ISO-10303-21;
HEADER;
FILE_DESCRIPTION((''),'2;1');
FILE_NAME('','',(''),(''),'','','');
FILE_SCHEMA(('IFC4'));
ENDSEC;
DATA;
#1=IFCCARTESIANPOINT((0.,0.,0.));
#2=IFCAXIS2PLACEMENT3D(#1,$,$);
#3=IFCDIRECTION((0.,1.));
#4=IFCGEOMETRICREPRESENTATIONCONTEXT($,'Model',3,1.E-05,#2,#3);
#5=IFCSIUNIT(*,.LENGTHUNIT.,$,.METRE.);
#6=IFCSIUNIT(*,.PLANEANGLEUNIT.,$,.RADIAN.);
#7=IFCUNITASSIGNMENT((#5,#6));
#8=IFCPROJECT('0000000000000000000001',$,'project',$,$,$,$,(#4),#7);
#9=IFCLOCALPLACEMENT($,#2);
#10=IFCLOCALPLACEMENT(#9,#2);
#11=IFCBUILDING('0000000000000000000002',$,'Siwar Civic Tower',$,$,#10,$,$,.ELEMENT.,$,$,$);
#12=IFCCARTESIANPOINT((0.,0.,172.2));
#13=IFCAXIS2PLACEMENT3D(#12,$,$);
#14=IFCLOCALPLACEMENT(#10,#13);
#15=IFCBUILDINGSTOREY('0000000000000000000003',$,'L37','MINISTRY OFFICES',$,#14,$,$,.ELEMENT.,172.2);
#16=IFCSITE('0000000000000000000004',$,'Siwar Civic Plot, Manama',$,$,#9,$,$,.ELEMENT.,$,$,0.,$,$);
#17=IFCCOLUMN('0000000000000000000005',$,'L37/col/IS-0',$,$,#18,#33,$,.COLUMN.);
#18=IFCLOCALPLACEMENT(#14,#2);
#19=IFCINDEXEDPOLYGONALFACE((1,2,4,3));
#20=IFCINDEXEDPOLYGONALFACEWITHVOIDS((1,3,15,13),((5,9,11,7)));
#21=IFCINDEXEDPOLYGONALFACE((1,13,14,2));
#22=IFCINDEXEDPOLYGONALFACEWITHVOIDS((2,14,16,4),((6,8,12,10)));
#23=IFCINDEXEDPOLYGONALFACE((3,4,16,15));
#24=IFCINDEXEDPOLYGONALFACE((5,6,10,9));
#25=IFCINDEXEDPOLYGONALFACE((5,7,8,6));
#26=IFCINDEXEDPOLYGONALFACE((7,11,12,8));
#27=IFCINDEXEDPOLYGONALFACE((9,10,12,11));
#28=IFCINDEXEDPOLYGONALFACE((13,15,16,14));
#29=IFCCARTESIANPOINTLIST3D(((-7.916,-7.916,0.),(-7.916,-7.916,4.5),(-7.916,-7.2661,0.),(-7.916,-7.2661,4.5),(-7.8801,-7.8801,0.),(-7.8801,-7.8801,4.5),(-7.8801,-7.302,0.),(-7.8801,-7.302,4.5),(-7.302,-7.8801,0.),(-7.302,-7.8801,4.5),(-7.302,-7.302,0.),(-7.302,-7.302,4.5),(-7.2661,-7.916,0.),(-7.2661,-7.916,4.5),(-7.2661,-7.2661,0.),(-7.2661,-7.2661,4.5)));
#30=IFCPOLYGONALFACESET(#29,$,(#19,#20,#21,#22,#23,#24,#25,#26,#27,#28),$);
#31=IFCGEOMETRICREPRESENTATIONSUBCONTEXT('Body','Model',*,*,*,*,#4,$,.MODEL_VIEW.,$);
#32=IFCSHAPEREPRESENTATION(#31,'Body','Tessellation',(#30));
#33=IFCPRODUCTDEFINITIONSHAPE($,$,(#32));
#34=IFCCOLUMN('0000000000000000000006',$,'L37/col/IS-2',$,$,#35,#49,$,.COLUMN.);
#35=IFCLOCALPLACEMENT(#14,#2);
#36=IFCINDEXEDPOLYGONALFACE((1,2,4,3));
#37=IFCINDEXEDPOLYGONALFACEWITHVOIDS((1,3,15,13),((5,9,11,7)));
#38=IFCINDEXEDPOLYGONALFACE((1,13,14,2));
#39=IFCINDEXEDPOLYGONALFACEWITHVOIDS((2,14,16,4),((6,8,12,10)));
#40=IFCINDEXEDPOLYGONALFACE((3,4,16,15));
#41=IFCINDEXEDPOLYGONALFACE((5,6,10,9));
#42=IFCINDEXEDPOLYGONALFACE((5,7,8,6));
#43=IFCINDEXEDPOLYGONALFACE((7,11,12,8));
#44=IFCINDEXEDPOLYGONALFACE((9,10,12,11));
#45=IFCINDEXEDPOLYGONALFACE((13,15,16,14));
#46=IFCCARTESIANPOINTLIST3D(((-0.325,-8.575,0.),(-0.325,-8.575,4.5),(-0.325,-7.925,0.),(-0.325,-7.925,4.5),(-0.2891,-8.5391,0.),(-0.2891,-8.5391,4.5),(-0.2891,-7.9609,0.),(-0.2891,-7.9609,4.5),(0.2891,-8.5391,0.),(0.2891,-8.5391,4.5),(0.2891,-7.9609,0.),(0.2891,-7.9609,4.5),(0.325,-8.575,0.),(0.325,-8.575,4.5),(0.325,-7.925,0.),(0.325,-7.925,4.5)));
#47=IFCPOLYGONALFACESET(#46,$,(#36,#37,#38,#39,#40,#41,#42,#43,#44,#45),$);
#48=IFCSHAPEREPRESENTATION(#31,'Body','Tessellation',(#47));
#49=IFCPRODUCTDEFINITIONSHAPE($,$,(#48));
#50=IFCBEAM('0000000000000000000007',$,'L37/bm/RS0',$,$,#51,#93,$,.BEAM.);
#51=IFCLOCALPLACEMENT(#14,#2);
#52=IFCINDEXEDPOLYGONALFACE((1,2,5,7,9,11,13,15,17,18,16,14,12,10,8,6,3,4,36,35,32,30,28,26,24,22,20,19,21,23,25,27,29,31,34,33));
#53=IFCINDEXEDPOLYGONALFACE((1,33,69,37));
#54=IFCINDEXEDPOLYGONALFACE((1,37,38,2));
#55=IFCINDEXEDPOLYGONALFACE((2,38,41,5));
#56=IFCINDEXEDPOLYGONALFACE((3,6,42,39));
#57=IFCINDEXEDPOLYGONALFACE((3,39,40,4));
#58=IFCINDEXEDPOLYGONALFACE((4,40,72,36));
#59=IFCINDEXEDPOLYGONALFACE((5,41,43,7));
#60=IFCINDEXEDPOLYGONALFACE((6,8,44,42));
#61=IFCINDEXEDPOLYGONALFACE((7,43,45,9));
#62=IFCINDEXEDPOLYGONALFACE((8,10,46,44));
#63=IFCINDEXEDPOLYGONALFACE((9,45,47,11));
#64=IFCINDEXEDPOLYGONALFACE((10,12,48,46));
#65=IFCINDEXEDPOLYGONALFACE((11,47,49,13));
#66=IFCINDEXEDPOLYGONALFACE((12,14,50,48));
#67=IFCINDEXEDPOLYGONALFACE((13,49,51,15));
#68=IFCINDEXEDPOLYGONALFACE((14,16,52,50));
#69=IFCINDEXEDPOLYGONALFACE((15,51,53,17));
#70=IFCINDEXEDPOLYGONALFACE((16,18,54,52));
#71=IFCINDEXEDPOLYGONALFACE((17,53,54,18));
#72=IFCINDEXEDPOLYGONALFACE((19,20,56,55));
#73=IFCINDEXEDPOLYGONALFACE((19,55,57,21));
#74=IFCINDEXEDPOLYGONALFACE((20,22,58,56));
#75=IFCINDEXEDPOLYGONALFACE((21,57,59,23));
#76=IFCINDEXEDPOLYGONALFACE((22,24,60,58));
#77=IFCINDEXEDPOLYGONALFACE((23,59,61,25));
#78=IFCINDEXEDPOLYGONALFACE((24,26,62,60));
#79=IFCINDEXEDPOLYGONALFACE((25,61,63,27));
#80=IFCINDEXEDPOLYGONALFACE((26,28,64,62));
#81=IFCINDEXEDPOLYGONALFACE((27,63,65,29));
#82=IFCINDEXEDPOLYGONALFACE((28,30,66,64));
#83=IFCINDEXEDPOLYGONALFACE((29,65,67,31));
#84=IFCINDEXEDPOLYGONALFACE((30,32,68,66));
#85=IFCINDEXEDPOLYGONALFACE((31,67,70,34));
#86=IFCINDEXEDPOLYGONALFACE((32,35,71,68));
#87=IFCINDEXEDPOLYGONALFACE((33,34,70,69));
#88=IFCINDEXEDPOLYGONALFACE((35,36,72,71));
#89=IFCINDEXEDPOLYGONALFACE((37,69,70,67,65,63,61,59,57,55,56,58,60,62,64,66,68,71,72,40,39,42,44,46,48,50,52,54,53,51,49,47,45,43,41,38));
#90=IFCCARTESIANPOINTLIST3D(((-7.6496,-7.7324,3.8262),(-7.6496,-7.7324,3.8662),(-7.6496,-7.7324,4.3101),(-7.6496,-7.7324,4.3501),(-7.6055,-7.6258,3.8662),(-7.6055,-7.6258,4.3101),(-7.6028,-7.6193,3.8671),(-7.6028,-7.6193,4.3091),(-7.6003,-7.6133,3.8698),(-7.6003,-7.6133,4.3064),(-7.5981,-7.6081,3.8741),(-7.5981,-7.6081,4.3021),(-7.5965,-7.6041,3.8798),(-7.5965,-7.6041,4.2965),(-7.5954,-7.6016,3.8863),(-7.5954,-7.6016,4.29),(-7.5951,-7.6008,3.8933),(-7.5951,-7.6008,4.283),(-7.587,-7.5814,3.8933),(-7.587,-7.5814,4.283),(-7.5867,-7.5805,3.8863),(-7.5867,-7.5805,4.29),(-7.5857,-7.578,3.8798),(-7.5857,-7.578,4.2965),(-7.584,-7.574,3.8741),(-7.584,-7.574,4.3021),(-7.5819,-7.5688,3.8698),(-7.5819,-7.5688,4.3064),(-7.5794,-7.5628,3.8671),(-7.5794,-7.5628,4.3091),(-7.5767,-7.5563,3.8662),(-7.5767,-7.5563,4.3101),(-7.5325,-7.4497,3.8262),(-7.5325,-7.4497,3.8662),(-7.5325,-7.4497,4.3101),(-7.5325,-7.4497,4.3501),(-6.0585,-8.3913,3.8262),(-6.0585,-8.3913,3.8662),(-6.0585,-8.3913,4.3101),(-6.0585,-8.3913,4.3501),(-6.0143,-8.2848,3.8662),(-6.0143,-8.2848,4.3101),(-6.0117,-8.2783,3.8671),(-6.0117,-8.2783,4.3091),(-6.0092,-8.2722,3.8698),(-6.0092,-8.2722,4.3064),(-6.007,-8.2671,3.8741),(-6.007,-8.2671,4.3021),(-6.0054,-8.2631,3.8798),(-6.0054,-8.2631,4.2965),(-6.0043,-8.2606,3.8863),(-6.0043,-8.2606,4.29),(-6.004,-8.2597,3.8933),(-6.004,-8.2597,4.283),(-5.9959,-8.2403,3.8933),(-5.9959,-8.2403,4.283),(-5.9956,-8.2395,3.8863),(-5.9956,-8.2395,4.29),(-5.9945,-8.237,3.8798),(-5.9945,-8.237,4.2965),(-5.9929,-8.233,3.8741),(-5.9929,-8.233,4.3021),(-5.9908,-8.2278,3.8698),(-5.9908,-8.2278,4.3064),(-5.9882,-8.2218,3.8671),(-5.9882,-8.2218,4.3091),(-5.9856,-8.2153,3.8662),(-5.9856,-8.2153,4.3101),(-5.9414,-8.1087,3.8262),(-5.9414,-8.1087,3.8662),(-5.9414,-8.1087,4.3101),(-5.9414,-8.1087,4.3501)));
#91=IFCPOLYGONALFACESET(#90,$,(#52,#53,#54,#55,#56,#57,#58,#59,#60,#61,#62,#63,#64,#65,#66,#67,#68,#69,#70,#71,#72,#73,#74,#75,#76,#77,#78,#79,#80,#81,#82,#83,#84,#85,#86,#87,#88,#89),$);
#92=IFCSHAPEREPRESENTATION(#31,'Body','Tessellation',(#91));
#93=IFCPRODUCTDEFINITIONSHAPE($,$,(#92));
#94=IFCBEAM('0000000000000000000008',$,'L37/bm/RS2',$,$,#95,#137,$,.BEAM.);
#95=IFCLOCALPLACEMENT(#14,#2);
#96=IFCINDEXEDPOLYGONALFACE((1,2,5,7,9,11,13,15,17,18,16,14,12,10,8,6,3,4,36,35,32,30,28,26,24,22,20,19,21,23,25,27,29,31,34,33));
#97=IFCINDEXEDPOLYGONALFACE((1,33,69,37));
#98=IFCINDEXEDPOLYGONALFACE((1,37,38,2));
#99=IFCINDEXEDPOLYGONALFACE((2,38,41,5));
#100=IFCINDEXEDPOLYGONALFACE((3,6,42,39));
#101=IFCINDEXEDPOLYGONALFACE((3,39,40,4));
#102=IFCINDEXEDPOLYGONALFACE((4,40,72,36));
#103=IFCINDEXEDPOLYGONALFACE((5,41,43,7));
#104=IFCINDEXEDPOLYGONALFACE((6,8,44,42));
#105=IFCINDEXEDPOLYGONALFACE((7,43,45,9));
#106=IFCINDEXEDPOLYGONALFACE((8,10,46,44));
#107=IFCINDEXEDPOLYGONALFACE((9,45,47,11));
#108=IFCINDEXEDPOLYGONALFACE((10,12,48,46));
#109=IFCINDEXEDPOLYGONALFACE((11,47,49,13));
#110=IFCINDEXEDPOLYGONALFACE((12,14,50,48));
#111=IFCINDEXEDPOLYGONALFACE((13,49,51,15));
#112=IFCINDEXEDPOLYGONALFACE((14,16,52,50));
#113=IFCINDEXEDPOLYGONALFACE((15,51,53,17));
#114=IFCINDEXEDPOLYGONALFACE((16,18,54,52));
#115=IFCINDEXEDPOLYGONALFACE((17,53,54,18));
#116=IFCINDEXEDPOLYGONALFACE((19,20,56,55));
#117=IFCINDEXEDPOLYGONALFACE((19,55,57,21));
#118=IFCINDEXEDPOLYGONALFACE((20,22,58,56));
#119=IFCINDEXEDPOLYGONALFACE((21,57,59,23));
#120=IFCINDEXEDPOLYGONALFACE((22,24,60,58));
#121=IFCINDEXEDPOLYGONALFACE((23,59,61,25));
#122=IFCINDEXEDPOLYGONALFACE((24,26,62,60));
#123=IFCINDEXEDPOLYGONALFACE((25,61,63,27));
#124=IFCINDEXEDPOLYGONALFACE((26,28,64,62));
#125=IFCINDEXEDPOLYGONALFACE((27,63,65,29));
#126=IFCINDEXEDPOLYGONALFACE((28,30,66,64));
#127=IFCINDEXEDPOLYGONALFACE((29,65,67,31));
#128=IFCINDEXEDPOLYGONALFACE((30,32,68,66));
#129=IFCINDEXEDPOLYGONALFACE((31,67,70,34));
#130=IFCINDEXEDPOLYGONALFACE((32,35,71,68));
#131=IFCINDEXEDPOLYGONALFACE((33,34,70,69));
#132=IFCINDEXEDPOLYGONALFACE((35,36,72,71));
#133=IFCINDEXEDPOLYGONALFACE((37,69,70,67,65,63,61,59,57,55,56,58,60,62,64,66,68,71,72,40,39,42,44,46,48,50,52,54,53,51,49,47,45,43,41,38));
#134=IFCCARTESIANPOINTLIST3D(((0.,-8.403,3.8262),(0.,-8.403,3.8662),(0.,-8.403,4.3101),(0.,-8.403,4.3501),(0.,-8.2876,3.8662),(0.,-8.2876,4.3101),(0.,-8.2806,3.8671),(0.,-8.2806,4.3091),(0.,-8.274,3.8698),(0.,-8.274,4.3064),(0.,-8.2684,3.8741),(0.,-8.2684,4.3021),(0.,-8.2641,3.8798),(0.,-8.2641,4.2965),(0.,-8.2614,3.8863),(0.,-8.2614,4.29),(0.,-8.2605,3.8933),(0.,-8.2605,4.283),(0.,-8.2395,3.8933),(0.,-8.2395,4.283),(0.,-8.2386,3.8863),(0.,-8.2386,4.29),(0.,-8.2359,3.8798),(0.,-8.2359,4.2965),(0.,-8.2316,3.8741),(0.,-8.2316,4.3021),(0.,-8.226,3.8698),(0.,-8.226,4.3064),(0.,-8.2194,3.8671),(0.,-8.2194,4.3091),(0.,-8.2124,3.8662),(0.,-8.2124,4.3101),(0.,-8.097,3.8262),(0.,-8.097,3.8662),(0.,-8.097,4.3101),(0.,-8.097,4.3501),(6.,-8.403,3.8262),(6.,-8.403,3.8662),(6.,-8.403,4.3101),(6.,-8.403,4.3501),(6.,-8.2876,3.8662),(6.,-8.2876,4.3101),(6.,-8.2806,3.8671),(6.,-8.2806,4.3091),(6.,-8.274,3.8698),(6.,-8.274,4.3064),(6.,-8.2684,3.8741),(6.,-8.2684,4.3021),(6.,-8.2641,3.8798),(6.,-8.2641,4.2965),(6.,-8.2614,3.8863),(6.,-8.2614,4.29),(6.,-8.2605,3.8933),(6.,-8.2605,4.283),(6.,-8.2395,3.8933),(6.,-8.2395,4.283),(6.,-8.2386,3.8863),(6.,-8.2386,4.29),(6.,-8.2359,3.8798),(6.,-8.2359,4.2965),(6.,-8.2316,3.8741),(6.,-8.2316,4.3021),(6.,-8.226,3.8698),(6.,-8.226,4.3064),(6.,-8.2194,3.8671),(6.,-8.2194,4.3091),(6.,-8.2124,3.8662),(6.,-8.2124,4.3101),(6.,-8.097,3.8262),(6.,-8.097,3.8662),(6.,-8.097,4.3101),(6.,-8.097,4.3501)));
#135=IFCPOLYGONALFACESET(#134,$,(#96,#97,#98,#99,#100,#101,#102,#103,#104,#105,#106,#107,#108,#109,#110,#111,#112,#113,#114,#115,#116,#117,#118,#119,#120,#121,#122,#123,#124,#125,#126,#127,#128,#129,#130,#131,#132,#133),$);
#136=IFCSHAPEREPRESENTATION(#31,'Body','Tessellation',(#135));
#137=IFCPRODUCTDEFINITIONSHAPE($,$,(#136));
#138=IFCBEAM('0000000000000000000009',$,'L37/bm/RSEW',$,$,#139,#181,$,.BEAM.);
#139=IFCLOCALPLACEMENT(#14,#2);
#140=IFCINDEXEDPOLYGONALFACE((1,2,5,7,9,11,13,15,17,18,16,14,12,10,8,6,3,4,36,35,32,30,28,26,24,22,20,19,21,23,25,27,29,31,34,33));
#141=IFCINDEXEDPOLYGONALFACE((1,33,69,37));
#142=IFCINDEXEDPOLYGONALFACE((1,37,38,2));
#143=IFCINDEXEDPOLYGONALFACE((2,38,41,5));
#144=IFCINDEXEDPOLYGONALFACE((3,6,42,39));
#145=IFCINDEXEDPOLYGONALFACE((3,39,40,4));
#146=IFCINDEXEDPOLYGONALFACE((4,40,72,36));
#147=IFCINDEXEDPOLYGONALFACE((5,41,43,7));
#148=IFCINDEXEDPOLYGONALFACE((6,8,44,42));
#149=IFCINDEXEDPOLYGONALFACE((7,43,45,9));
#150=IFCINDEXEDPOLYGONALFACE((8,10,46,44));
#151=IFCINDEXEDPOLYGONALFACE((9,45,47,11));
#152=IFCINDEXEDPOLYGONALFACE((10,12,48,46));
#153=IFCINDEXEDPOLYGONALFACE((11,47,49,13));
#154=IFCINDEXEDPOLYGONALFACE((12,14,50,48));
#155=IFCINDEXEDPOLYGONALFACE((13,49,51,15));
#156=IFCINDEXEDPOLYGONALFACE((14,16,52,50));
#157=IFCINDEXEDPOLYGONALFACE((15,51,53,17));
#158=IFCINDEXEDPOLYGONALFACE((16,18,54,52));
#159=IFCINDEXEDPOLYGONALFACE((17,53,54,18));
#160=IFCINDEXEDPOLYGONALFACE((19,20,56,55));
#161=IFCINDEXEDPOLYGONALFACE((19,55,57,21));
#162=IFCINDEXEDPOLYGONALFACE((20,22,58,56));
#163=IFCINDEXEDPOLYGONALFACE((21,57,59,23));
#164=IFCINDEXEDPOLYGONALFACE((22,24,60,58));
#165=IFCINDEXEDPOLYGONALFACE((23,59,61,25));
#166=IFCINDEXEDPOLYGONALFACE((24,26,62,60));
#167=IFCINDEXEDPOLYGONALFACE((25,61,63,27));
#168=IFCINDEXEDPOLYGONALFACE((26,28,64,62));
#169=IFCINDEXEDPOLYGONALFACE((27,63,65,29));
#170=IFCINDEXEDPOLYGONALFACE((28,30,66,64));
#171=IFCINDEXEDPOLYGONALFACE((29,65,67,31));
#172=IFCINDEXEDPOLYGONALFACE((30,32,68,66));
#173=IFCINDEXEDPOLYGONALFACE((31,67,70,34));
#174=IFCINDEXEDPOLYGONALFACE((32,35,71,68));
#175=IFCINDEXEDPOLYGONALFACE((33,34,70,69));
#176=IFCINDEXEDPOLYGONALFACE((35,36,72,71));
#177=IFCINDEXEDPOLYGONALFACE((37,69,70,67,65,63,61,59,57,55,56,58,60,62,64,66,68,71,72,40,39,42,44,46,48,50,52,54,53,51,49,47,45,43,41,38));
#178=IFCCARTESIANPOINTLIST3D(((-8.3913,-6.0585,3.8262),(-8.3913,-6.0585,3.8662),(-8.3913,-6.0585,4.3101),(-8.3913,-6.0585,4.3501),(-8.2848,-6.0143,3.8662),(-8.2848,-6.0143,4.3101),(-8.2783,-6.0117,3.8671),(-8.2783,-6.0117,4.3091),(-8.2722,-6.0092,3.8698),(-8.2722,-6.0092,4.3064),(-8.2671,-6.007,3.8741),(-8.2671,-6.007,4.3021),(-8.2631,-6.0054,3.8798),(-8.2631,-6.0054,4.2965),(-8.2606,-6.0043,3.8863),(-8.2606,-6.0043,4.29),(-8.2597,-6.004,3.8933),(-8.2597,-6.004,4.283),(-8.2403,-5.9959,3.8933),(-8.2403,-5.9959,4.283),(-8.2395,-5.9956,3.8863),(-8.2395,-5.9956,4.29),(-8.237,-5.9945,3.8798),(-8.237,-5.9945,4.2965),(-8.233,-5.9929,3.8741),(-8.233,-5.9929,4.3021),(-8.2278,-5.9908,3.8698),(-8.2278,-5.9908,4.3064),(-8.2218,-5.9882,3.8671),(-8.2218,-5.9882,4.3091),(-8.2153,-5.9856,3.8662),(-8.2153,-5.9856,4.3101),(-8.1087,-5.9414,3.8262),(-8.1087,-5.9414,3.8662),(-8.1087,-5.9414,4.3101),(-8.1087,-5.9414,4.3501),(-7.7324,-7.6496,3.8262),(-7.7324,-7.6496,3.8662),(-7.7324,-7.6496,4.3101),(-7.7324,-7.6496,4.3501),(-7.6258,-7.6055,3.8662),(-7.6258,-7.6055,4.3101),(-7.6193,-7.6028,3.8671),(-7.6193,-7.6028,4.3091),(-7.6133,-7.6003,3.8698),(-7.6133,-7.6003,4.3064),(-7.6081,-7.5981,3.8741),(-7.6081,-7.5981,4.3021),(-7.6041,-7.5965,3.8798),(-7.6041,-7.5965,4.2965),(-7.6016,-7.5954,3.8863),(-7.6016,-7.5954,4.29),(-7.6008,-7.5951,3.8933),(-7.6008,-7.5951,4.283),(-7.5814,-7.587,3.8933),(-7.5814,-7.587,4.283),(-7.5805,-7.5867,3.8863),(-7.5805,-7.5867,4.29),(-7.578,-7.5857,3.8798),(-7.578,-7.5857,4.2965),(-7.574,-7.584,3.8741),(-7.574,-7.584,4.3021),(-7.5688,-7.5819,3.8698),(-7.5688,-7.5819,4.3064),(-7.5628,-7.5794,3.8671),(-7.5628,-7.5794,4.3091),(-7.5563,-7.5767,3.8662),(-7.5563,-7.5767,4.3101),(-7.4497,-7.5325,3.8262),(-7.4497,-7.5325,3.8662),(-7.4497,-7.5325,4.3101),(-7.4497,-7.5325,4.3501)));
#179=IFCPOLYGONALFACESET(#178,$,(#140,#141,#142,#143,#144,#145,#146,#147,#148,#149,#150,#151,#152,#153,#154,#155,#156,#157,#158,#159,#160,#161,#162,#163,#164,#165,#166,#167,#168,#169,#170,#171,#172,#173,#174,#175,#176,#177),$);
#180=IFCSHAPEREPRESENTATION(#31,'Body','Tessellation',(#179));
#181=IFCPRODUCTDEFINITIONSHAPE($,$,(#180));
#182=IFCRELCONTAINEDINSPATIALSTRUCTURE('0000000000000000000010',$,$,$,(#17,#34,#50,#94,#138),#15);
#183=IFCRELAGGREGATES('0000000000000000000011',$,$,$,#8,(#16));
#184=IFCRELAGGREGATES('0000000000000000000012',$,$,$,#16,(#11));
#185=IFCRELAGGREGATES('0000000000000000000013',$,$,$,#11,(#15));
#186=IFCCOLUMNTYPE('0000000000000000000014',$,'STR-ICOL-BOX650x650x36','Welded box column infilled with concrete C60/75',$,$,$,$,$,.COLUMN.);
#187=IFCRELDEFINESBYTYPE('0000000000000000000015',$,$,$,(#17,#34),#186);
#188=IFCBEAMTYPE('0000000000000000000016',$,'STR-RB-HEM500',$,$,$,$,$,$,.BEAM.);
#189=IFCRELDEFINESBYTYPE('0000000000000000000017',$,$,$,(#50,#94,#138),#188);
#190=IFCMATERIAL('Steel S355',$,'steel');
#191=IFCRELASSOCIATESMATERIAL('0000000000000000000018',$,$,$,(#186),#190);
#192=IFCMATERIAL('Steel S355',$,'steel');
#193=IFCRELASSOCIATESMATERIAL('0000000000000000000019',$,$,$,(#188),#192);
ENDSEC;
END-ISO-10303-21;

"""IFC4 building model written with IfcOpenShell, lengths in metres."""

from ifc_helpers import new_model, si_unit, direction, frame, origin, origin_2d, place, context, subcontext, project, spatial, hollow_rectangle, i_section, extrude, material, material_profile, profile_set, type_object, element, save


model = new_model("IFC4")

# Units and contexts
model_context = context("Model", 3, precision=1e-05, world=origin(), true_north=direction((0.0, 1.0)))
body_context = subcontext(model_context, "Body", "Model", "MODEL_VIEW")
ifc_project = project(units=[si_unit("LENGTHUNIT", "METRE"), si_unit("PLANEANGLEUNIT", "RADIAN")], contexts=[model_context])

# Site, building, storey
site_placement = place(None, origin())
site = spatial("IfcSite", under=ifc_project, at=site_placement, Name="Siwar Civic Plot, Manama", CompositionType="ELEMENT", RefElevation=0.0)
building_placement = place(site_placement, origin())
building = spatial("IfcBuilding", under=site, at=building_placement, Name="Siwar Civic Tower", CompositionType="ELEMENT")
storey_placement = place(building_placement, frame((0.0, 0.0, 172.2)))
storey = spatial("IfcBuildingStorey", under=building, at=storey_placement, Name="L37", Description="MINISTRY OFFICES", CompositionType="ELEMENT", Elevation=172.2)

# Columns
ifc_material_1 = material(Name="Steel S355", Category="steel")
ifc_material_profile_1 = material_profile(ifc_material_1, hollow_rectangle(XDim=0.6499, YDim=0.6499, WallThickness=0.0359, at=origin_2d()), Name="BOX650x650x36")
ifc_profile_set_1 = profile_set([ifc_material_profile_1], Name="Steel S355")
column_type = type_object("IfcColumnType", Name="STR-ICOL-BOX650x650x36", Description="Welded box column infilled with concrete C60/75", PredefinedType="COLUMN", material=ifc_profile_set_1)
for number, where, z_axis, x_axis, name in (
    (1, (-7.5911, -7.5911, 0.0), (0.0, 0.0, 1.0), (1.0, 0.0, 0.0), "L37/col/IS-0"),
    (2, (0.0, -8.25, 0.0), (0.0, 0.0, 1.0), (1.0, 0.0, 0.0), "L37/col/IS-2"),
):
    element("IfcColumn", number, at=place(storey_placement, frame(where, z_axis=z_axis, x_axis=x_axis)), inside=storey, type_object=column_type, Name=name, PredefinedType="COLUMN", context=body_context, shape_type="SweptSolid", body=[
        extrude(hollow_rectangle(XDim=0.6499, YDim=0.6499, WallThickness=0.0359, at=origin_2d()), origin(), (0.0, 0.0, 1.0), 4.5),
    ])

# Beams
ifc_material_2 = material(Name="Steel S355", Category="steel")
ifc_material_profile_2 = material_profile(ifc_material_2, i_section(OverallWidth=0.3059, OverallDepth=0.5239, WebThickness=0.021, FlangeThickness=0.04, FilletRadius=0.0271, at=origin_2d()), Name="HEM500")
ifc_profile_set_2 = profile_set([ifc_material_profile_2], Name="Steel S355")
beam_type = type_object("IfcBeamType", Name="STR-RB-HEM500", PredefinedType="BEAM", material=ifc_profile_set_2)
beam_1_placement = place(storey_placement, frame((-7.5911, -7.5911, 4.0881), z_axis=(0.923901, -0.382631, 0.0), x_axis=(0.382631, 0.923901, 0.0)))
element("IfcBeam", 3, at=beam_1_placement, inside=storey, type_object=beam_type, Name="L37/bm/RS0", PredefinedType="BEAM", context=body_context, shape_type="SweptSolid", body=[
    extrude(i_section(OverallWidth=0.3059, OverallDepth=0.5239, WebThickness=0.021, FlangeThickness=0.04, FilletRadius=0.0271, at=origin_2d()), origin(), (0.0, 0.0, 1.0), 1.7222),
])
beam_2_placement = place(storey_placement, frame((0.0, -8.25, 4.0881), z_axis=(1.0, 0.0, 0.0), x_axis=(0.0, 1.0, 0.0)))
element("IfcBeam", 4, at=beam_2_placement, inside=storey, type_object=beam_type, Name="L37/bm/RS2", PredefinedType="BEAM", context=body_context, shape_type="SweptSolid", body=[
    extrude(i_section(OverallWidth=0.3059, OverallDepth=0.5239, WebThickness=0.021, FlangeThickness=0.04, FilletRadius=0.0271, at=origin_2d()), origin(), (0.0, 0.0, 1.0), 6.0),
])
beam_3_placement = place(storey_placement, frame((-7.5911, -7.5911, 4.0881), z_axis=(-0.382631, 0.923901, 0.0), x_axis=(-0.923901, -0.382631, 0.0)))
element("IfcBeam", 5, at=beam_3_placement, inside=storey, type_object=beam_type, Name="L37/bm/RSEW", PredefinedType="BEAM", context=body_context, shape_type="SweptSolid", body=[
    extrude(i_section(OverallWidth=0.3059, OverallDepth=0.5239, WebThickness=0.021, FlangeThickness=0.04, FilletRadius=0.0271, at=origin_2d()), origin(), (0.0, 0.0, 1.0), 1.7222),
])

save(model, "model.ifc")
